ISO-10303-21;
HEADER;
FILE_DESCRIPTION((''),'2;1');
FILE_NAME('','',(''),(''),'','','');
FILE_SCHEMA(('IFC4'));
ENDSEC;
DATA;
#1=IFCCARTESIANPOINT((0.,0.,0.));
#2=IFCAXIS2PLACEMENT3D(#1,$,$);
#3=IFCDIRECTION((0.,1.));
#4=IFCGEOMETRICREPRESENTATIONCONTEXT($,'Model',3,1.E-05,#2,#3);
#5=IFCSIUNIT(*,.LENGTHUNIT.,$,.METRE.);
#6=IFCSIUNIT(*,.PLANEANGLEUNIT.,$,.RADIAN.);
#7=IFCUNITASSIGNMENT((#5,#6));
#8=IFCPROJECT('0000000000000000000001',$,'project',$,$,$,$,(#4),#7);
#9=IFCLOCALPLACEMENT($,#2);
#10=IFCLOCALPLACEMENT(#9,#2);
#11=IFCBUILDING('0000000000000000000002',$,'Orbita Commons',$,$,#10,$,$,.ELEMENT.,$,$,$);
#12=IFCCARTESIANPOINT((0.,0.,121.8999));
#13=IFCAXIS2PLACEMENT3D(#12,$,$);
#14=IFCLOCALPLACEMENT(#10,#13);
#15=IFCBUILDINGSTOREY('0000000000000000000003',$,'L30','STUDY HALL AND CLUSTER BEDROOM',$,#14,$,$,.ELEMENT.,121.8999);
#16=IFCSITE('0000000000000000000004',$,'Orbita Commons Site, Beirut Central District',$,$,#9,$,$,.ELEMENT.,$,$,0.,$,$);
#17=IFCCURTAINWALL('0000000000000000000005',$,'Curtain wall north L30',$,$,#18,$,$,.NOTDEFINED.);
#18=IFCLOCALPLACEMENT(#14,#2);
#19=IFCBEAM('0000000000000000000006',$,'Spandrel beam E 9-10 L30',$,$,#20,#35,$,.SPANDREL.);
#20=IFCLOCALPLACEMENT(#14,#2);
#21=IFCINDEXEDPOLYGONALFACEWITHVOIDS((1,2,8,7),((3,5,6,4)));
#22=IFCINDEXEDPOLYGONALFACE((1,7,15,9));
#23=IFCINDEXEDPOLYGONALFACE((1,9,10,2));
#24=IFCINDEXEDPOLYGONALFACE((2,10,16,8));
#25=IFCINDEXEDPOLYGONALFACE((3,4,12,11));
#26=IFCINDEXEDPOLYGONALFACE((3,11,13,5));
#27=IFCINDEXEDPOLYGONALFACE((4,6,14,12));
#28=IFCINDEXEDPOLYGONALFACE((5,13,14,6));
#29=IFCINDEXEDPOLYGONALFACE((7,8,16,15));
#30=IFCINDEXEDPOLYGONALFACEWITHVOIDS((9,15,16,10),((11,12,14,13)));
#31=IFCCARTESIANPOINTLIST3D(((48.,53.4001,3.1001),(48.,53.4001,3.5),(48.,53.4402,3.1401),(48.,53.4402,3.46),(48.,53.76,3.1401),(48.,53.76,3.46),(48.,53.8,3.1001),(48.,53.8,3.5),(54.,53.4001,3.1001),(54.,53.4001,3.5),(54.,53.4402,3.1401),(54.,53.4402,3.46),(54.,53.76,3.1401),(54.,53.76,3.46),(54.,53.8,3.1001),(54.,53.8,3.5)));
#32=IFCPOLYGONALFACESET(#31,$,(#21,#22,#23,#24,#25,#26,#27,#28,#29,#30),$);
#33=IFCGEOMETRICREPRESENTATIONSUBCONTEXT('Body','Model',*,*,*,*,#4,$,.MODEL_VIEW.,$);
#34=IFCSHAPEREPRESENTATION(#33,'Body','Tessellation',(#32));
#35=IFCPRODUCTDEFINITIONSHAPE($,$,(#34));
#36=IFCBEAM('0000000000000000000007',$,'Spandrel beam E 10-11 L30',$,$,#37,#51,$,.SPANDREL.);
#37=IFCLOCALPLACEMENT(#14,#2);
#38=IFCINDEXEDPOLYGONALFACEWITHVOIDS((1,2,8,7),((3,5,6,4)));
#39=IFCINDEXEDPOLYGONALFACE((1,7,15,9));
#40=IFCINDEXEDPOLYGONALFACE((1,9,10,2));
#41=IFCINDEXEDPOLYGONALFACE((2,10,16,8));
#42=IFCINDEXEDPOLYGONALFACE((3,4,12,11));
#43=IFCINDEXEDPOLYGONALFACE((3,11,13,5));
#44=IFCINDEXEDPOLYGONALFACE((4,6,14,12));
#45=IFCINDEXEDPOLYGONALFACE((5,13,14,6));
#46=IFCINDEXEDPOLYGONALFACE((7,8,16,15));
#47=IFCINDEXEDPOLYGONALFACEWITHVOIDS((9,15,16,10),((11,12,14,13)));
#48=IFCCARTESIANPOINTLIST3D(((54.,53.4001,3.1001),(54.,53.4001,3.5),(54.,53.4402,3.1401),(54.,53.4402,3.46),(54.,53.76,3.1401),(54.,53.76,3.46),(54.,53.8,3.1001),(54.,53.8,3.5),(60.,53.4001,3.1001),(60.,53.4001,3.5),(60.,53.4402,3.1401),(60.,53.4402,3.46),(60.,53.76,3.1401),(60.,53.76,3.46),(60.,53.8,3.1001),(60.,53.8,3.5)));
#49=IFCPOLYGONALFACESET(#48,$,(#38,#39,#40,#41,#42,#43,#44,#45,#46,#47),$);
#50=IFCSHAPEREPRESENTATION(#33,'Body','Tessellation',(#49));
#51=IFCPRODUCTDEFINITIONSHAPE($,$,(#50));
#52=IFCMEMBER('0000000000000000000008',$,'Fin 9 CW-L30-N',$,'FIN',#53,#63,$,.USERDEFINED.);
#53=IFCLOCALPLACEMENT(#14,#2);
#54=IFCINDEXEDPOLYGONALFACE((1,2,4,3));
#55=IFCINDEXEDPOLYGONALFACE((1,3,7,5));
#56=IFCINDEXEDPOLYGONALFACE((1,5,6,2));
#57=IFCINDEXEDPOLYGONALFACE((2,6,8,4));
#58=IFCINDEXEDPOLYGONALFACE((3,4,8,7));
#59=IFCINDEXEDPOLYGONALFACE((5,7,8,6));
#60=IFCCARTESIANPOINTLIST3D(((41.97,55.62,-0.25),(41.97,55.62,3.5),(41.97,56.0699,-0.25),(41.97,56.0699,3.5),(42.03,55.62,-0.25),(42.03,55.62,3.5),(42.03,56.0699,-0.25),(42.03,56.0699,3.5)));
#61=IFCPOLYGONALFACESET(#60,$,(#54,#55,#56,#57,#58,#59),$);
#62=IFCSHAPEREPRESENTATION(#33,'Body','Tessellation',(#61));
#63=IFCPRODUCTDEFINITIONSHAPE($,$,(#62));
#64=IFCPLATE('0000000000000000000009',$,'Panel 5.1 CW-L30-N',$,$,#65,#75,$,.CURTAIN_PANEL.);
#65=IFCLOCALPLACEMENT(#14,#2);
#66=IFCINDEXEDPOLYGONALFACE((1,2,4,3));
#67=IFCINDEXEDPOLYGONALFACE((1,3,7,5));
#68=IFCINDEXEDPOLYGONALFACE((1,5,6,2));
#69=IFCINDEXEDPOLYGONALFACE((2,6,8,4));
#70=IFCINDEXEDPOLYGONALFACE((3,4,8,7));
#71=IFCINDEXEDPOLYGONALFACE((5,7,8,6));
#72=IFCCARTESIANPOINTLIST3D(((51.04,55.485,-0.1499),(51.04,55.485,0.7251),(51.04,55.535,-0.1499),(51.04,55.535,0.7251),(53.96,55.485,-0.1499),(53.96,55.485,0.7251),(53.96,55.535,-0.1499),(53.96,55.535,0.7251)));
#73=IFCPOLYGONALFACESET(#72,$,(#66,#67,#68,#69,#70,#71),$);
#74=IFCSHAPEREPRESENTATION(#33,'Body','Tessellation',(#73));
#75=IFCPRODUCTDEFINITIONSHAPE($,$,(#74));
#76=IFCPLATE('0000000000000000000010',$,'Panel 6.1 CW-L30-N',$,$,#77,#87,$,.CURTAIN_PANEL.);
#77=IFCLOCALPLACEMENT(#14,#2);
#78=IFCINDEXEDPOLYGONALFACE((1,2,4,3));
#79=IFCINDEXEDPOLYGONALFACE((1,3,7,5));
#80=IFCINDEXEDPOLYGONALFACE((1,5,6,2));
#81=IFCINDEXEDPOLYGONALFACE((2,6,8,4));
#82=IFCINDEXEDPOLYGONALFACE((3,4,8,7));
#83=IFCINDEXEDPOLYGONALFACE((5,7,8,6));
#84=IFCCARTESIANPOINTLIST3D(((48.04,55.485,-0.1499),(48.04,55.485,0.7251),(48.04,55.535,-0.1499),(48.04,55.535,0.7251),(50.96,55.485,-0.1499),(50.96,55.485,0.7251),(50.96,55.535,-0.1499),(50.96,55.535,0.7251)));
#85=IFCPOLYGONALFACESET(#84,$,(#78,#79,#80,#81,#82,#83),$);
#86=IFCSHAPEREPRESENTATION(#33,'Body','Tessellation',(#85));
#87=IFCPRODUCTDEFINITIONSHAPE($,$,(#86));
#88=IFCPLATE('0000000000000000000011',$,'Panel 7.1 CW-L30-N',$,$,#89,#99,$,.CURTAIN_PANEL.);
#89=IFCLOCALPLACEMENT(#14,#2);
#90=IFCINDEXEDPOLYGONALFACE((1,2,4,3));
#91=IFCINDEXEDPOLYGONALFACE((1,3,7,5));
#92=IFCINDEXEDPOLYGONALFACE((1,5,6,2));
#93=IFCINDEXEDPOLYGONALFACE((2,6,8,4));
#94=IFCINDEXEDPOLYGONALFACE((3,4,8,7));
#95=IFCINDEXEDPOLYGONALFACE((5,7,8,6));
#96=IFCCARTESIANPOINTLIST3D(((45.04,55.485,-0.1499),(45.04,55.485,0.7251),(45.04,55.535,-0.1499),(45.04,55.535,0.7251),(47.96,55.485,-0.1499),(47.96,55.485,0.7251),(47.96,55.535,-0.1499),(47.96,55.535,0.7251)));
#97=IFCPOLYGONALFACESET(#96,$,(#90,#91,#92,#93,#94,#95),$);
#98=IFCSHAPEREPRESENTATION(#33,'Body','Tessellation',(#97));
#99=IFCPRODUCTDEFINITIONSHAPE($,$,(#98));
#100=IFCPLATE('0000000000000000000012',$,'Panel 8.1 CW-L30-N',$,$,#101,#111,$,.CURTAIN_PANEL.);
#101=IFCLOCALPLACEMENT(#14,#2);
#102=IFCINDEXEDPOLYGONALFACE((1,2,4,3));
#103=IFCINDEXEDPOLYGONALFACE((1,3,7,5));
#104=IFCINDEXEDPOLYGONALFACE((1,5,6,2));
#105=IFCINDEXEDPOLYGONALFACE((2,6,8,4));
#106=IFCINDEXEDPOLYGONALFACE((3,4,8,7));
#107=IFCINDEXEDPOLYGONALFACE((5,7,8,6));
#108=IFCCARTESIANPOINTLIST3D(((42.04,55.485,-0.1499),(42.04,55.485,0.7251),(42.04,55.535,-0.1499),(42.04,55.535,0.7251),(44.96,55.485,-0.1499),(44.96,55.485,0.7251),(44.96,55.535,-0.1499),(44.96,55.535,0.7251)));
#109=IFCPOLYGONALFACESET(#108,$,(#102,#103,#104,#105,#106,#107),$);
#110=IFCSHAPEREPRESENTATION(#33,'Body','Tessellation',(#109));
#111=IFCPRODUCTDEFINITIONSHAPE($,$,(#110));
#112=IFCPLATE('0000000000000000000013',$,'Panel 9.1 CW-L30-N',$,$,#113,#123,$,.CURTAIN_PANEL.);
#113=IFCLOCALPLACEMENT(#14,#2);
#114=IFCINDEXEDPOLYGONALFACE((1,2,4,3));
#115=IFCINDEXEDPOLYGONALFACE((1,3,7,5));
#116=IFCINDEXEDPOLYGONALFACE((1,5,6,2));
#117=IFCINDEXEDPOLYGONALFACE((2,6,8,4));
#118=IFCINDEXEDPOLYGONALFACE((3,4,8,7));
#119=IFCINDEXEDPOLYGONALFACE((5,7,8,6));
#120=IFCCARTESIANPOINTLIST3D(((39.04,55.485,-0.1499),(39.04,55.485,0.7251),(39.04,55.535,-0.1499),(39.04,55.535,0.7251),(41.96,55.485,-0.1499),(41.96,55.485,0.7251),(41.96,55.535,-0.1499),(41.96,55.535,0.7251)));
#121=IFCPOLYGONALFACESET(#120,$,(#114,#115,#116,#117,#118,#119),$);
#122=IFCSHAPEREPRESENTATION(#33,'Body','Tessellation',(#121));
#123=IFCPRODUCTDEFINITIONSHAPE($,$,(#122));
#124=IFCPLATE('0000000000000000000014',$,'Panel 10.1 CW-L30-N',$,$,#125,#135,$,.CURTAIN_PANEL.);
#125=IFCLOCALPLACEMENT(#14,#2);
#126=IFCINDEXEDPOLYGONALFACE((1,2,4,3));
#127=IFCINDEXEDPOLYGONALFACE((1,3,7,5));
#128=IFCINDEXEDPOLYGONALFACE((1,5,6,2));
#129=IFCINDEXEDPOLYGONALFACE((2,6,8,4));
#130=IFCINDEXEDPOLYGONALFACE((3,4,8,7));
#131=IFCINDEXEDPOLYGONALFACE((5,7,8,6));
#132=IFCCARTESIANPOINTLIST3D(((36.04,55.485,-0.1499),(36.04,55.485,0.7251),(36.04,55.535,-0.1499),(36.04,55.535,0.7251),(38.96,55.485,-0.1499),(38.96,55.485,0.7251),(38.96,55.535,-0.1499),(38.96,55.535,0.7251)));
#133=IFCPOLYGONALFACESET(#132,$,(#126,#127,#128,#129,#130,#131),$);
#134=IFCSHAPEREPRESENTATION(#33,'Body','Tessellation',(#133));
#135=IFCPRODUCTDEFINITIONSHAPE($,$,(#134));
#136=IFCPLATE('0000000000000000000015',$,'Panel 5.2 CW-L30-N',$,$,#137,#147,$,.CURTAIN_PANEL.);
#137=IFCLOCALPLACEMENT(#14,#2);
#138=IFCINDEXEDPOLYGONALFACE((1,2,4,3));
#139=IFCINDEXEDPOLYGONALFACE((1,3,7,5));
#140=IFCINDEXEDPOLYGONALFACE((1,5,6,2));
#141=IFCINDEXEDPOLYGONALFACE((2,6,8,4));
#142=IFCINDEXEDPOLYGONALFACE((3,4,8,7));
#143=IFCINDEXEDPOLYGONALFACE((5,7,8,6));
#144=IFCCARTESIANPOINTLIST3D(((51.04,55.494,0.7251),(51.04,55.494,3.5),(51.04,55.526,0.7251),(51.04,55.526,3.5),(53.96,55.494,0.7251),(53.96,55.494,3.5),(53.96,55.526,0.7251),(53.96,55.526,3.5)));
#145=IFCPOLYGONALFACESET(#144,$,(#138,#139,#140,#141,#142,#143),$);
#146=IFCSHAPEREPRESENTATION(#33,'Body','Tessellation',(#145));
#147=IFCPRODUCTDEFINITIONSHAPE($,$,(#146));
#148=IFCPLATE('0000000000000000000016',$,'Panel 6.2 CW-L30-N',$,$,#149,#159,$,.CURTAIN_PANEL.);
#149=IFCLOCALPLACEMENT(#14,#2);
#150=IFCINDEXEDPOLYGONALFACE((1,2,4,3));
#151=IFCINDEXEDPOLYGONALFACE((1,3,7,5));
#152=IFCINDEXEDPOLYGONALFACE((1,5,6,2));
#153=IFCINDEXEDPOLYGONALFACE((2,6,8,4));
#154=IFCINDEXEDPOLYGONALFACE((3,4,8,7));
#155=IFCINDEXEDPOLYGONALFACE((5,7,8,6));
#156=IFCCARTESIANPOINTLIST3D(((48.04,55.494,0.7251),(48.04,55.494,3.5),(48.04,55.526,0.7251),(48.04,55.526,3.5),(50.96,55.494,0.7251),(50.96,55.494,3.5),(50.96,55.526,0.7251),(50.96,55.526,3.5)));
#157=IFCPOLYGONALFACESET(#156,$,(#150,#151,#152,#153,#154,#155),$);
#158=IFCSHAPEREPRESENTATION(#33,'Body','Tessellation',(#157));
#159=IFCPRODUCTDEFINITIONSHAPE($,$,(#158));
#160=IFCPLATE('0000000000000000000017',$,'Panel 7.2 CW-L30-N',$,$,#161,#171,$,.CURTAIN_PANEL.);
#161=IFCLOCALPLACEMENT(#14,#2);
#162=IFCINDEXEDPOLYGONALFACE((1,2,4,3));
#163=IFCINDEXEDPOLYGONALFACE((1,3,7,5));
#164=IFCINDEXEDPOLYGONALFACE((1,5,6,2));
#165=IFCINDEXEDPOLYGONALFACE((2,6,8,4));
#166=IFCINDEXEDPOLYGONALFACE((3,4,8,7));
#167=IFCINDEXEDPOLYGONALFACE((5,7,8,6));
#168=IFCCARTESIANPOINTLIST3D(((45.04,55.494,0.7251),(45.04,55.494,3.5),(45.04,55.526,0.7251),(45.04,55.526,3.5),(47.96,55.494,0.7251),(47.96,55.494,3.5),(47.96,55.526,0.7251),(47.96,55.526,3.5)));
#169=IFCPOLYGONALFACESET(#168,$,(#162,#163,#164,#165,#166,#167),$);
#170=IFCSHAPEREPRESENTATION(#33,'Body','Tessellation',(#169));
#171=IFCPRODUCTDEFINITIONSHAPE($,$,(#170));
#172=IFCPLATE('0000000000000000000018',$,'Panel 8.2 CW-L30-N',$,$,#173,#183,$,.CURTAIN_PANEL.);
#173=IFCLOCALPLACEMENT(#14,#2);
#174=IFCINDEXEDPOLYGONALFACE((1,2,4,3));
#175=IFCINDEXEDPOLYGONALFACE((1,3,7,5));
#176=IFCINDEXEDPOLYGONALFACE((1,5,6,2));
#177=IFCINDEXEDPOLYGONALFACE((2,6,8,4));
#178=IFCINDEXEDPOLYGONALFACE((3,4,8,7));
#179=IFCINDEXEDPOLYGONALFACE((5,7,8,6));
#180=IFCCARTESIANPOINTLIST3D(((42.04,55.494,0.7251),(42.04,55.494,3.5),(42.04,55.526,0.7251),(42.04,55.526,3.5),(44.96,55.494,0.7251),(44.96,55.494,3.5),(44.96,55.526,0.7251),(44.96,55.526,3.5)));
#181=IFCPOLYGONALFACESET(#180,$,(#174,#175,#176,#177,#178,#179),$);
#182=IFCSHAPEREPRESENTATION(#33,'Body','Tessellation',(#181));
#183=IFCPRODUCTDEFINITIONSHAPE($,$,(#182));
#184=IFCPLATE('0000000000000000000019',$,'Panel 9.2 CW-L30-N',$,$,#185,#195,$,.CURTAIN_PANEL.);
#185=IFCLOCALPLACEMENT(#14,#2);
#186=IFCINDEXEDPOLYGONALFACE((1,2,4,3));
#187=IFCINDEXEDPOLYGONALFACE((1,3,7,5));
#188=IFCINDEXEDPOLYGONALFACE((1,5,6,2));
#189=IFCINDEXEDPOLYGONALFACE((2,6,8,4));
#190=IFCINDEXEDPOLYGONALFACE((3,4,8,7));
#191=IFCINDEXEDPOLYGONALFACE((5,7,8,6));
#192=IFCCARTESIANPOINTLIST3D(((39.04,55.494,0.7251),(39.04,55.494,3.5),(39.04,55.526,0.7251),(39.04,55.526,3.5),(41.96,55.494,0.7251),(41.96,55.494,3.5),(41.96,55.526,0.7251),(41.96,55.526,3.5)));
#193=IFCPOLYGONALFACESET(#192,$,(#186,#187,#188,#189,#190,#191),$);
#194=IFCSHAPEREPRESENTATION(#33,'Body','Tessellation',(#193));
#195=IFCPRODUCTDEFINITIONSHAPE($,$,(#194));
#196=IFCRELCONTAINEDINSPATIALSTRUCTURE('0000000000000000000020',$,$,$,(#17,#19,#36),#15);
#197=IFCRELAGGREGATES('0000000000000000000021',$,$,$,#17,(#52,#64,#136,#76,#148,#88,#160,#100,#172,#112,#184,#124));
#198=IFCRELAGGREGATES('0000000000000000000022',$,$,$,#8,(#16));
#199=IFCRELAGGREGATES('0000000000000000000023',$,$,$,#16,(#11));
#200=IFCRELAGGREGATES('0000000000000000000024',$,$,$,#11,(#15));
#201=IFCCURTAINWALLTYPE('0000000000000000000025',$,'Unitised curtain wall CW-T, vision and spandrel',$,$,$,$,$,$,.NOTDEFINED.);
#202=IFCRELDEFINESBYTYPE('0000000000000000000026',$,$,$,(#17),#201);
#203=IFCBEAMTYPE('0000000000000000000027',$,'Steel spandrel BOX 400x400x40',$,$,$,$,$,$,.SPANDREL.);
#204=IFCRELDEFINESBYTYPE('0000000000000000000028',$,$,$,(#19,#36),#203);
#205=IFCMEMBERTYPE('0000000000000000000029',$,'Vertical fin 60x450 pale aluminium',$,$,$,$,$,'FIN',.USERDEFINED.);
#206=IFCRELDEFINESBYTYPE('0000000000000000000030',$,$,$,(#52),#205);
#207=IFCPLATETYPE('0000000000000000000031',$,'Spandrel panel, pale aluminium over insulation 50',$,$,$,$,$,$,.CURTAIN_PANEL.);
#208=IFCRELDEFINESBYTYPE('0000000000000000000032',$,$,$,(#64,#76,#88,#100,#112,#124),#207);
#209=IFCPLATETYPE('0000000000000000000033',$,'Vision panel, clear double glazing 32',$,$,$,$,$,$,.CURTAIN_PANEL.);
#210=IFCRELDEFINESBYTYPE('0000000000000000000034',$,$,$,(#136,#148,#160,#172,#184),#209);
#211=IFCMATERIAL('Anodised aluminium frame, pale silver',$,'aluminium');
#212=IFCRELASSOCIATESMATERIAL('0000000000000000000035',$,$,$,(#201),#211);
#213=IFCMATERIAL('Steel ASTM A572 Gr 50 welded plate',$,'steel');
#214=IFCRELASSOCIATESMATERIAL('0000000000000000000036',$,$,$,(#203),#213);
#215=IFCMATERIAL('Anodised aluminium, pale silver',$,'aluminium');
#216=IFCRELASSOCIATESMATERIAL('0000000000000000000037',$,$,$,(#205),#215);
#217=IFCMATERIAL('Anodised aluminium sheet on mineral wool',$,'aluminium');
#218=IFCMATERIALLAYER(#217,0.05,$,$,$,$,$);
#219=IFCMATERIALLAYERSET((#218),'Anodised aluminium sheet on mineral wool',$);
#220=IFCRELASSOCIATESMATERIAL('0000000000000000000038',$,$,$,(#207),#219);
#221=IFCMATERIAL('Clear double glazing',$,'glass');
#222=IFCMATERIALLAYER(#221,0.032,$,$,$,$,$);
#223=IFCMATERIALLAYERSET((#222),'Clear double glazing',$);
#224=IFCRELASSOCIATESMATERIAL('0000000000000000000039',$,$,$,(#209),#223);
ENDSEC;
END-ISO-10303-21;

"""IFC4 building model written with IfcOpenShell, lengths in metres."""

from ifc_helpers import new_model, si_unit, direction, frame, origin, origin_2d, place, context, subcontext, project, spatial, rectangle, hollow_rectangle, extrude, material, layer, layer_set, material_profile, profile_set, type_object, element, aggregate, save


model = new_model("IFC4")

# Units and contexts
model_context = context("Model", 3, precision=1e-05, world=origin(), true_north=direction((0.0, 1.0)))
body_context = subcontext(model_context, "Body", "Model", "MODEL_VIEW")
ifc_project = project(units=[si_unit("LENGTHUNIT", "METRE"), si_unit("PLANEANGLEUNIT", "RADIAN")], contexts=[model_context])

# Site, building, storey
site_placement = place(None, origin())
site = spatial("IfcSite", under=ifc_project, at=site_placement, Name="Orbita Commons Site, Beirut Central District", CompositionType="ELEMENT", RefElevation=0.0)
building_placement = place(site_placement, origin())
building = spatial("IfcBuilding", under=site, at=building_placement, Name="Orbita Commons", CompositionType="ELEMENT")
storey_placement = place(building_placement, frame((0.0, 0.0, 121.8999)))
storey = spatial("IfcBuildingStorey", under=building, at=storey_placement, Name="L30", Description="STUDY HALL AND CLUSTER BEDROOM", CompositionType="ELEMENT", Elevation=121.8999)

# Curtain wall
ifc_material_1 = material(Name="Anodised aluminium frame, pale silver", Category="aluminium")
curtain_wall_type = type_object("IfcCurtainWallType", Name="Unitised curtain wall CW-T, vision and spandrel", PredefinedType="NOTDEFINED", material=ifc_material_1)
curtain_wall_placement = place(storey_placement, origin())
curtain_wall = element("IfcCurtainWall", 1, at=curtain_wall_placement, inside=storey, type_object=curtain_wall_type, Name="Curtain wall north L30", PredefinedType="NOTDEFINED")

# Beams
ifc_material_2 = material(Name="Steel ASTM A572 Gr 50 welded plate", Category="steel")
ifc_material_profile_1 = material_profile(ifc_material_2, hollow_rectangle(XDim=0.3999, YDim=0.3999, WallThickness=0.04, at=origin_2d()), Name="BOX 400x400x40")
ifc_profile_set_1 = profile_set([ifc_material_profile_1], Name="Steel ASTM A572 Gr 50 welded plate")
beam_type = type_object("IfcBeamType", Name="Steel spandrel BOX 400x400x40", PredefinedType="SPANDREL", material=ifc_profile_set_1)
for number, where, z_axis, x_axis, name in (
    (2, (48.0, 53.6001, 3.3), (1.0, 0.0, 0.0), (0.0, 1.0, 0.0), "Spandrel beam E 9-10 L30"),
    (3, (54.0, 53.6001, 3.3), (1.0, 0.0, 0.0), (0.0, 1.0, 0.0), "Spandrel beam E 10-11 L30"),
):
    element("IfcBeam", number, at=place(storey_placement, frame(where, z_axis=z_axis, x_axis=x_axis)), inside=storey, type_object=beam_type, Name=name, PredefinedType="SPANDREL", context=body_context, shape_type="SweptSolid", body=[
        extrude(hollow_rectangle(XDim=0.3999, YDim=0.3999, WallThickness=0.04, at=origin_2d()), origin(), (0.0, 0.0, 1.0), 6.0),
    ])

# Member
ifc_material_3 = material(Name="Anodised aluminium, pale silver", Category="aluminium")
ifc_material_profile_2 = material_profile(ifc_material_3, rectangle(XDim=0.0601, YDim=0.45, at=origin_2d()), Name="FIN 60x450")
ifc_profile_set_2 = profile_set([ifc_material_profile_2], Name="Anodised aluminium, pale silver")
member_type_1 = type_object("IfcMemberType", Name="Vertical fin 60x450 pale aluminium", ElementType="FIN", PredefinedType="USERDEFINED", material=ifc_profile_set_2)
member_1_placement = place(storey_placement, frame((42.0, 55.845, -0.25), z_axis=(0.0, 0.0, 1.0), x_axis=(-1.0, 0.0, 0.0)))
member_1 = element("IfcMember", 4, at=member_1_placement, type_object=member_type_1, Name="Fin 9 CW-L30-N", ObjectType="FIN", PredefinedType="USERDEFINED", context=body_context, shape_type="SweptSolid", body=[
    extrude(rectangle(XDim=0.0601, YDim=0.45, at=origin_2d()), origin(), (0.0, 0.0, 1.0), 3.75),
])

# Plates
ifc_material_4 = material(Name="Anodised aluminium sheet on mineral wool", Category="aluminium")
ifc_layer_1 = layer(ifc_material_4, 0.05)
ifc_layer_set_1 = layer_set([ifc_layer_1], Name="Anodised aluminium sheet on mineral wool")
plate_type_1 = type_object("IfcPlateType", Name="Spandrel panel, pale aluminium over insulation 50", PredefinedType="CURTAIN_PANEL", material=ifc_layer_set_1)
plate_1_placement = place(storey_placement, frame((52.5, 55.51, -0.1499), z_axis=(0.0, 0.0, 1.0), x_axis=(-1.0, 0.0, 0.0)))
plate_1 = element("IfcPlate", 5, at=plate_1_placement, type_object=plate_type_1, Name="Panel 5.1 CW-L30-N", PredefinedType="CURTAIN_PANEL", context=body_context, shape_type="SweptSolid", body=[
    extrude(rectangle(XDim=2.9199, YDim=0.05, at=origin_2d()), origin(), (0.0, 0.0, 1.0), 0.875),
])
plate_2_placement = place(storey_placement, frame((49.5, 55.51, -0.1499), z_axis=(0.0, 0.0, 1.0), x_axis=(-1.0, 0.0, 0.0)))
plate_2 = element("IfcPlate", 6, at=plate_2_placement, type_object=plate_type_1, Name="Panel 6.1 CW-L30-N", PredefinedType="CURTAIN_PANEL", context=body_context, shape_type="SweptSolid", body=[
    extrude(rectangle(XDim=2.9199, YDim=0.05, at=origin_2d()), origin(), (0.0, 0.0, 1.0), 0.875),
])
plate_3_placement = place(storey_placement, frame((46.5, 55.51, -0.1499), z_axis=(0.0, 0.0, 1.0), x_axis=(-1.0, 0.0, 0.0)))
plate_3 = element("IfcPlate", 7, at=plate_3_placement, type_object=plate_type_1, Name="Panel 7.1 CW-L30-N", PredefinedType="CURTAIN_PANEL", context=body_context, shape_type="SweptSolid", body=[
    extrude(rectangle(XDim=2.9199, YDim=0.05, at=origin_2d()), origin(), (0.0, 0.0, 1.0), 0.875),
])
plate_4_placement = place(storey_placement, frame((43.5, 55.51, -0.1499), z_axis=(0.0, 0.0, 1.0), x_axis=(-1.0, 0.0, 0.0)))
plate_4 = element("IfcPlate", 8, at=plate_4_placement, type_object=plate_type_1, Name="Panel 8.1 CW-L30-N", PredefinedType="CURTAIN_PANEL", context=body_context, shape_type="SweptSolid", body=[
    extrude(rectangle(XDim=2.9199, YDim=0.05, at=origin_2d()), origin(), (0.0, 0.0, 1.0), 0.875),
])
plate_5_placement = place(storey_placement, frame((40.5, 55.51, -0.1499), z_axis=(0.0, 0.0, 1.0), x_axis=(-1.0, 0.0, 0.0)))
plate_5 = element("IfcPlate", 9, at=plate_5_placement, type_object=plate_type_1, Name="Panel 9.1 CW-L30-N", PredefinedType="CURTAIN_PANEL", context=body_context, shape_type="SweptSolid", body=[
    extrude(rectangle(XDim=2.9199, YDim=0.05, at=origin_2d()), origin(), (0.0, 0.0, 1.0), 0.875),
])
plate_6_placement = place(storey_placement, frame((37.5, 55.51, -0.1499), z_axis=(0.0, 0.0, 1.0), x_axis=(-1.0, 0.0, 0.0)))
plate_6 = element("IfcPlate", 10, at=plate_6_placement, type_object=plate_type_1, Name="Panel 10.1 CW-L30-N", PredefinedType="CURTAIN_PANEL", context=body_context, shape_type="SweptSolid", body=[
    extrude(rectangle(XDim=2.9199, YDim=0.05, at=origin_2d()), origin(), (0.0, 0.0, 1.0), 0.875),
])
ifc_material_5 = material(Name="Clear double glazing", Category="glass")
ifc_layer_2 = layer(ifc_material_5, 0.032)
ifc_layer_set_2 = layer_set([ifc_layer_2], Name="Clear double glazing")
plate_type_2 = type_object("IfcPlateType", Name="Vision panel, clear double glazing 32", PredefinedType="CURTAIN_PANEL", material=ifc_layer_set_2)
plate_7_placement = place(storey_placement, frame((52.5, 55.51, 0.7251), z_axis=(0.0, 0.0, 1.0), x_axis=(-1.0, 0.0, 0.0)))
plate_7 = element("IfcPlate", 11, at=plate_7_placement, type_object=plate_type_2, Name="Panel 5.2 CW-L30-N", PredefinedType="CURTAIN_PANEL", context=body_context, shape_type="SweptSolid", body=[
    extrude(rectangle(XDim=2.9199, YDim=0.032, at=origin_2d()), origin(), (0.0, 0.0, 1.0), 2.7749),
])
plate_8_placement = place(storey_placement, frame((49.5, 55.51, 0.7251), z_axis=(0.0, 0.0, 1.0), x_axis=(-1.0, 0.0, 0.0)))
plate_8 = element("IfcPlate", 12, at=plate_8_placement, type_object=plate_type_2, Name="Panel 6.2 CW-L30-N", PredefinedType="CURTAIN_PANEL", context=body_context, shape_type="SweptSolid", body=[
    extrude(rectangle(XDim=2.9199, YDim=0.032, at=origin_2d()), origin(), (0.0, 0.0, 1.0), 2.7749),
])
plate_9_placement = place(storey_placement, frame((46.5, 55.51, 0.7251), z_axis=(0.0, 0.0, 1.0), x_axis=(-1.0, 0.0, 0.0)))
plate_9 = element("IfcPlate", 13, at=plate_9_placement, type_object=plate_type_2, Name="Panel 7.2 CW-L30-N", PredefinedType="CURTAIN_PANEL", context=body_context, shape_type="SweptSolid", body=[
    extrude(rectangle(XDim=2.9199, YDim=0.032, at=origin_2d()), origin(), (0.0, 0.0, 1.0), 2.7749),
])
plate_10_placement = place(storey_placement, frame((43.5, 55.51, 0.7251), z_axis=(0.0, 0.0, 1.0), x_axis=(-1.0, 0.0, 0.0)))
plate_10 = element("IfcPlate", 14, at=plate_10_placement, type_object=plate_type_2, Name="Panel 8.2 CW-L30-N", PredefinedType="CURTAIN_PANEL", context=body_context, shape_type="SweptSolid", body=[
    extrude(rectangle(XDim=2.9199, YDim=0.032, at=origin_2d()), origin(), (0.0, 0.0, 1.0), 2.7749),
])
plate_11_placement = place(storey_placement, frame((40.5, 55.51, 0.7251), z_axis=(0.0, 0.0, 1.0), x_axis=(-1.0, 0.0, 0.0)))
plate_11 = element("IfcPlate", 15, at=plate_11_placement, type_object=plate_type_2, Name="Panel 9.2 CW-L30-N", PredefinedType="CURTAIN_PANEL", context=body_context, shape_type="SweptSolid", body=[
    extrude(rectangle(XDim=2.9199, YDim=0.032, at=origin_2d()), origin(), (0.0, 0.0, 1.0), 2.7749),
])
aggregate(curtain_wall, [member_1, plate_1, plate_7, plate_2, plate_8, plate_3, plate_9, plate_4, plate_10, plate_5, plate_11, plate_6])

save(model, "model.ifc")
